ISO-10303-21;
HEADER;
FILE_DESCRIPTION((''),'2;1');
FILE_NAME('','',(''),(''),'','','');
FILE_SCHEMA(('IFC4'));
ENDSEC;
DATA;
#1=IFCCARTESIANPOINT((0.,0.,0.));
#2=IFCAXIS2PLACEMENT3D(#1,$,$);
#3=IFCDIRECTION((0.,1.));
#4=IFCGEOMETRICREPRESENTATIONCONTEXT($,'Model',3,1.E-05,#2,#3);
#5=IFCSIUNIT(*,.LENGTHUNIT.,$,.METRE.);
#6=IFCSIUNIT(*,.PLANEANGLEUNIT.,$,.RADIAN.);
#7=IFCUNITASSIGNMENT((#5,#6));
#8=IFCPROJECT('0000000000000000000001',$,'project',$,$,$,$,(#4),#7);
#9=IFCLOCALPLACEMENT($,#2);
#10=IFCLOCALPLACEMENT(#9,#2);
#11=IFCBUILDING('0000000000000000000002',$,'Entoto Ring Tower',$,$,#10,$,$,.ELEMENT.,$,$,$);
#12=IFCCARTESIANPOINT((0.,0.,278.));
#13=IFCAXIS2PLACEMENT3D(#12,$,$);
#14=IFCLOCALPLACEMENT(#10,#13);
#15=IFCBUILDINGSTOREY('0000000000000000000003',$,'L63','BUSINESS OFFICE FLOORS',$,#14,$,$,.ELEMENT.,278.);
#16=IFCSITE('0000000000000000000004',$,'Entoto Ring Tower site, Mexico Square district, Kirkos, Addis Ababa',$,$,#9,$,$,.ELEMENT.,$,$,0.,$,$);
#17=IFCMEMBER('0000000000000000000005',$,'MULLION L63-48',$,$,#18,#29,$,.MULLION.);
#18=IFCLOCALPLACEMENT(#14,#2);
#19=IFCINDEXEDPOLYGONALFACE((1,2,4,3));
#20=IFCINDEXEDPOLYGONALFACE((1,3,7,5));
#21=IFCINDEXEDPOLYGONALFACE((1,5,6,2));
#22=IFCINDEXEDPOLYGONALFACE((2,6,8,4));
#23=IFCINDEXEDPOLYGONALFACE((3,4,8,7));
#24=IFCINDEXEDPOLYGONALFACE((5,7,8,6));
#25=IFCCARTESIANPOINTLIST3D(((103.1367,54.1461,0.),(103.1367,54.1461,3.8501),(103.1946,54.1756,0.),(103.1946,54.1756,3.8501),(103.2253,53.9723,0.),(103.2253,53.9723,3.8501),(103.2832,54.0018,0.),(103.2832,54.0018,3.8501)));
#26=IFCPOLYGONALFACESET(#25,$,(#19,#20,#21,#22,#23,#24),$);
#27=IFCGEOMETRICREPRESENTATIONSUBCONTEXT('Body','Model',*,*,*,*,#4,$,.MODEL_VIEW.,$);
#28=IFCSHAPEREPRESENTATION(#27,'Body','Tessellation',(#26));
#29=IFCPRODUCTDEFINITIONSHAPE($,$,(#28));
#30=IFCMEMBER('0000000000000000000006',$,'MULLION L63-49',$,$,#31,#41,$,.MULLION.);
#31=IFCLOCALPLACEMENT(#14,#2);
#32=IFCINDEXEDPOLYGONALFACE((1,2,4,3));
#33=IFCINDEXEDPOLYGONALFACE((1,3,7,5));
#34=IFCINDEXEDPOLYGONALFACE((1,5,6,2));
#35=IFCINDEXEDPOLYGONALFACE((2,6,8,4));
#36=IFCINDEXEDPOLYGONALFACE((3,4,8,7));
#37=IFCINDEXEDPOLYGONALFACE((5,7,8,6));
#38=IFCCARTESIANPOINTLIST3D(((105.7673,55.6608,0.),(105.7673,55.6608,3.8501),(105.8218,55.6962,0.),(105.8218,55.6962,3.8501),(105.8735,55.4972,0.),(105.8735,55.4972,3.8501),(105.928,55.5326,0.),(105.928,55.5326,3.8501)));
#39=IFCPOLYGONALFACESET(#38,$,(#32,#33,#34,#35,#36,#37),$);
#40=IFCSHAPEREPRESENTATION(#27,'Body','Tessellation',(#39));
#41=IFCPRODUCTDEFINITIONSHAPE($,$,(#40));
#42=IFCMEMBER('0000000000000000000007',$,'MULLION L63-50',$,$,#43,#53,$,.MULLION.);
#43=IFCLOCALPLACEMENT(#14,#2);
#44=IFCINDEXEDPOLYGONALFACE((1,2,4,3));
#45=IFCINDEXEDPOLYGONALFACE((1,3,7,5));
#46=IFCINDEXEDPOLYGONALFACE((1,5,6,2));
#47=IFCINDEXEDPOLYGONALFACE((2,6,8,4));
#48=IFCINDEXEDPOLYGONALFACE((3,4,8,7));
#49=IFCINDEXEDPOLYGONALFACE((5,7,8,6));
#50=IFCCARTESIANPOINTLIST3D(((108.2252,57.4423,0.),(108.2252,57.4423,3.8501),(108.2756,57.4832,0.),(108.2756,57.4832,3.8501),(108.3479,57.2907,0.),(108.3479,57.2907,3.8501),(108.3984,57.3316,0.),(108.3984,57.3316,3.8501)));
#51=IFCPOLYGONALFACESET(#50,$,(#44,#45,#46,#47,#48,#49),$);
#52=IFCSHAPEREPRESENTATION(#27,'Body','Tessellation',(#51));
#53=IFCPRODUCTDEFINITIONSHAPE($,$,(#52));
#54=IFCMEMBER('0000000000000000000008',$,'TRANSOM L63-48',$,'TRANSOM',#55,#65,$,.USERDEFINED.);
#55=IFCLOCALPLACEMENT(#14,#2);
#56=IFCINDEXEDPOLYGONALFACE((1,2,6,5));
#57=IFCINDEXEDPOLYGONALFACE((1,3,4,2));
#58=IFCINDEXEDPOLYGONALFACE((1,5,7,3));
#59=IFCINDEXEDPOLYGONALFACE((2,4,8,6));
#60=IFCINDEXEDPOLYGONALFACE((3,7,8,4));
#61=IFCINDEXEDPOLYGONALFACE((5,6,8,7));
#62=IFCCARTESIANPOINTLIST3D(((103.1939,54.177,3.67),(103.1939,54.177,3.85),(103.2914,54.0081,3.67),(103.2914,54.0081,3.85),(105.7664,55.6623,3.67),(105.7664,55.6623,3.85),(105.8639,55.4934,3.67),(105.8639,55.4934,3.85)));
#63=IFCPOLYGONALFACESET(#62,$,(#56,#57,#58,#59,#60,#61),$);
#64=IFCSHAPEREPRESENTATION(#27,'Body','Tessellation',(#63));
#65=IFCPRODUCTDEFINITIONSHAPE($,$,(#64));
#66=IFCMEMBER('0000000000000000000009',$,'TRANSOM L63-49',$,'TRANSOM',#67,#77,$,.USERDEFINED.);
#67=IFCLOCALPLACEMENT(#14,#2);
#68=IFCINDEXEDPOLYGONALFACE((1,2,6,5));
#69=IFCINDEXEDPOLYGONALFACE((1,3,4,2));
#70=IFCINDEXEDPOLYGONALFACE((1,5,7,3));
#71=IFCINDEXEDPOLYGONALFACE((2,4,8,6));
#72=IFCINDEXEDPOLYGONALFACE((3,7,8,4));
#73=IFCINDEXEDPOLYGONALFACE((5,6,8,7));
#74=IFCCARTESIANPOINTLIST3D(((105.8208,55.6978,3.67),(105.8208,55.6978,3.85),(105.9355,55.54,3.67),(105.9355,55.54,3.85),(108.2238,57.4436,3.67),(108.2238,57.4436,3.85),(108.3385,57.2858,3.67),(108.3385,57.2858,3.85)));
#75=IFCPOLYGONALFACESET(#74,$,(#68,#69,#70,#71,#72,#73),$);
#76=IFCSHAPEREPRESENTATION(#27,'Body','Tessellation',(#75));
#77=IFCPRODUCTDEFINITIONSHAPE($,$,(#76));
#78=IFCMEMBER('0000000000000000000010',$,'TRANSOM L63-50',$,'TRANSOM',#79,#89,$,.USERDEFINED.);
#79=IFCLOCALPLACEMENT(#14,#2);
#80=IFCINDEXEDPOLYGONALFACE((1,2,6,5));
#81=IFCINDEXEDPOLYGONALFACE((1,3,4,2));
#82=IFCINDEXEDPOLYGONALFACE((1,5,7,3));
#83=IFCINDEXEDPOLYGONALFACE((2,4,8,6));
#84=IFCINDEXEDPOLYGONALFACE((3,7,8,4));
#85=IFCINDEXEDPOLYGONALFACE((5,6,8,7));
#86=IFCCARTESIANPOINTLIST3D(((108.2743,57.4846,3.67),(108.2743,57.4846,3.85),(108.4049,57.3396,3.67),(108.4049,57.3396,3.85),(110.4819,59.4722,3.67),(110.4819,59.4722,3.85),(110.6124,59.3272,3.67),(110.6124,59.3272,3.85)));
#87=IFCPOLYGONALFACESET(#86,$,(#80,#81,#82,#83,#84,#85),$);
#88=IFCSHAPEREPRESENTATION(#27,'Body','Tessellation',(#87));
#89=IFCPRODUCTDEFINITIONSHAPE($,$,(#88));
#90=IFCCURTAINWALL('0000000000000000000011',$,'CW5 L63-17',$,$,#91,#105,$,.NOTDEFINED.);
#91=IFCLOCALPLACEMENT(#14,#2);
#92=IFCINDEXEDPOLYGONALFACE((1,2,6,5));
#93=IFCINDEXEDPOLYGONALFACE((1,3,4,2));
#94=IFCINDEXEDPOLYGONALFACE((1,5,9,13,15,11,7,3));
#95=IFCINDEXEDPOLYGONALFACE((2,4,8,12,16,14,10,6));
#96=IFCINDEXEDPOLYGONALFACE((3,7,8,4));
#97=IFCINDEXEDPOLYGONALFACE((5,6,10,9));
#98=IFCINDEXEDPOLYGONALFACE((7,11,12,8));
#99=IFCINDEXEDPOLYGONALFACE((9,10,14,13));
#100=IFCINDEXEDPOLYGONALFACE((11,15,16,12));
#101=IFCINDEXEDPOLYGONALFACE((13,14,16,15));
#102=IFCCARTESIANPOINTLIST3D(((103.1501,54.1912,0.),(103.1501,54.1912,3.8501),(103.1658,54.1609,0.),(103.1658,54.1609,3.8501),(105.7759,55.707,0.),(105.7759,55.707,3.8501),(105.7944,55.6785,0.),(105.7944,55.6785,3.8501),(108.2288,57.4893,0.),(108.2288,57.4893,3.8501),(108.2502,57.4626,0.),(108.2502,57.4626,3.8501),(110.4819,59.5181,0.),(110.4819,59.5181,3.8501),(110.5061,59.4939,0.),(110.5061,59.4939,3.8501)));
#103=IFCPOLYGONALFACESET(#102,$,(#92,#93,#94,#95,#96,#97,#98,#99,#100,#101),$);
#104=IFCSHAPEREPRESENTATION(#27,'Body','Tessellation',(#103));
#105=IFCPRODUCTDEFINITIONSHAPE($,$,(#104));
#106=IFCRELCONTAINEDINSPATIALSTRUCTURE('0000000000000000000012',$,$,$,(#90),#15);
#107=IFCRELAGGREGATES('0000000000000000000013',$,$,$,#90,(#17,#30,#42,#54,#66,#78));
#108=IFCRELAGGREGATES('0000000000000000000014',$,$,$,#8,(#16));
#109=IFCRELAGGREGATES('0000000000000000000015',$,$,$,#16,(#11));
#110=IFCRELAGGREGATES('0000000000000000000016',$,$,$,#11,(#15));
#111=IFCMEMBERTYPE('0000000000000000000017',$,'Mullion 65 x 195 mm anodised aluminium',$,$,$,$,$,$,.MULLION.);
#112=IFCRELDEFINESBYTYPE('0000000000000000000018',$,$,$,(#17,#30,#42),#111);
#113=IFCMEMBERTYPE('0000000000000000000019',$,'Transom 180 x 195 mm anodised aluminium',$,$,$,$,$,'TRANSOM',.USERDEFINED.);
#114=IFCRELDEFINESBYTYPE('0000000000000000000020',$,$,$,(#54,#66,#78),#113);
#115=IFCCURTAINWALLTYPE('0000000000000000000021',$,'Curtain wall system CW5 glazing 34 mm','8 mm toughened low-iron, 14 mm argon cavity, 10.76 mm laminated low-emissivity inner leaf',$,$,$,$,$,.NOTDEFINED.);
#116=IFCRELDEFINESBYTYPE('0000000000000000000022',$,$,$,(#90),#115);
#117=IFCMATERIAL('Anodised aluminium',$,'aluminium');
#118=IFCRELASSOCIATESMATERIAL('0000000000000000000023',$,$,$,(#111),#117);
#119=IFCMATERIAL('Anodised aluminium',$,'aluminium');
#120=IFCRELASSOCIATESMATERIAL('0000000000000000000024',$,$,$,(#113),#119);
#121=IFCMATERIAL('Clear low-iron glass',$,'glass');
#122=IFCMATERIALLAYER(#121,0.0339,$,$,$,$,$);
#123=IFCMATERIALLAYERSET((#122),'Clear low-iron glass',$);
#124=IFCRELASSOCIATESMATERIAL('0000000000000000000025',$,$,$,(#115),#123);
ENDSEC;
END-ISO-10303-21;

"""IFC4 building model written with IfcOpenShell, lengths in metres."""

from ifc_helpers import new_model, si_unit, direction, frame, origin, origin_2d, place, context, subcontext, project, spatial, polyline, rectangle, outline, extrude, material, layer, layer_set, material_profile, profile_set, type_object, element, aggregate, save


model = new_model("IFC4")

# Units and contexts
model_context = context("Model", 3, precision=1e-05, world=origin(), true_north=direction((0.0, 1.0)))
body_context = subcontext(model_context, "Body", "Model", "MODEL_VIEW")
ifc_project = project(units=[si_unit("LENGTHUNIT", "METRE"), si_unit("PLANEANGLEUNIT", "RADIAN")], contexts=[model_context])

# Members
ifc_material_1 = material(Name="Anodised aluminium", Category="aluminium")
ifc_material_profile_1 = material_profile(ifc_material_1, rectangle(XDim=0.0649, YDim=0.1951, at=origin_2d()), Name="Mullion 65 x 195 mm anodised aluminium")
ifc_profile_set_1 = profile_set([ifc_material_profile_1], Name="Anodised aluminium")
member_type_1 = type_object("IfcMemberType", Name="Mullion 65 x 195 mm anodised aluminium", PredefinedType="MULLION", material=ifc_profile_set_1)
site_placement = place(None, origin())
building_placement = place(site_placement, origin())
storey_placement = place(building_placement, frame((0.0, 0.0, 278.0)))
member_1_placement = place(storey_placement, frame((103.21, 54.074, 0.0), z_axis=(0.0, 0.0, 1.0), x_axis=(0.891007, 0.45399, 0.0)))
member_1 = element("IfcMember", 1, at=member_1_placement, type_object=member_type_1, Name="MULLION L63-48", PredefinedType="MULLION", context=body_context, shape_type="SweptSolid", body=[
    extrude(rectangle(XDim=0.0649, YDim=0.1951, at=origin_2d()), origin(), (0.0, 0.0, 1.0), 3.8501),
])
member_2_placement = place(storey_placement, frame((105.8477, 55.5967, 0.0), z_axis=(0.0, 0.0, 1.0), x_axis=(0.838671, 0.544639, 0.0)))
member_2 = element("IfcMember", 2, at=member_2_placement, type_object=member_type_1, Name="MULLION L63-49", PredefinedType="MULLION", context=body_context, shape_type="SweptSolid", body=[
    extrude(rectangle(XDim=0.0649, YDim=0.1951, at=origin_2d()), origin(), (0.0, 0.0, 1.0), 3.8501),
])
member_3_placement = place(storey_placement, frame((108.3118, 57.387, 0.0), z_axis=(0.0, 0.0, 1.0), x_axis=(0.777146, 0.62932, 0.0)))
member_3 = element("IfcMember", 3, at=member_3_placement, type_object=member_type_1, Name="MULLION L63-50", PredefinedType="MULLION", context=body_context, shape_type="SweptSolid", body=[
    extrude(rectangle(XDim=0.0649, YDim=0.1951, at=origin_2d()), origin(), (0.0, 0.0, 1.0), 3.8501),
])
ifc_material_2 = material(Name="Anodised aluminium", Category="aluminium")
ifc_material_profile_2 = material_profile(ifc_material_2, rectangle(XDim=0.1951, YDim=0.1799, at=origin_2d()), Name="Transom 180 x 195 mm anodised aluminium")
ifc_profile_set_2 = profile_set([ifc_material_profile_2], Name="Anodised aluminium")
member_type_2 = type_object("IfcMemberType", Name="Transom 180 x 195 mm anodised aluminium", ElementType="TRANSOM", PredefinedType="USERDEFINED", material=ifc_profile_set_2)
member_4_placement = place(storey_placement, frame((103.2427, 54.0925, 3.76), z_axis=(0.866009, 0.500028, 0.0), x_axis=(-0.500028, 0.866009, 0.0)))
member_4 = element("IfcMember", 4, at=member_4_placement, type_object=member_type_2, Name="TRANSOM L63-48", ObjectType="TRANSOM", PredefinedType="USERDEFINED", context=body_context, shape_type="SweptSolid", body=[
    extrude(rectangle(XDim=0.1951, YDim=0.1799, at=origin_2d()), origin(), (0.0, 0.0, 1.0), 2.9705),
])
member_5_placement = place(storey_placement, frame((105.8782, 55.6189, 3.76), z_axis=(0.809031, 0.587766, 0.0), x_axis=(-0.587766, 0.809031, 0.0)))
member_5 = element("IfcMember", 5, at=member_5_placement, type_object=member_type_2, Name="TRANSOM L63-49", ObjectType="TRANSOM", PredefinedType="USERDEFINED", context=body_context, shape_type="SweptSolid", body=[
    extrude(rectangle(XDim=0.1951, YDim=0.1799, at=origin_2d()), origin(), (0.0, 0.0, 1.0), 2.9702),
])
member_6_placement = place(storey_placement, frame((108.3396, 57.4121, 3.76), z_axis=(0.743163, 0.66911, 0.0), x_axis=(-0.66911, 0.743163, 0.0)))
member_6 = element("IfcMember", 6, at=member_6_placement, type_object=member_type_2, Name="TRANSOM L63-50", ObjectType="TRANSOM", PredefinedType="USERDEFINED", context=body_context, shape_type="SweptSolid", body=[
    extrude(rectangle(XDim=0.1951, YDim=0.1799, at=origin_2d()), origin(), (0.0, 0.0, 1.0), 2.9705),
])

# Site, building, storey
site = spatial("IfcSite", under=ifc_project, at=site_placement, Name="Entoto Ring Tower site, Mexico Square district, Kirkos, Addis Ababa", CompositionType="ELEMENT", RefElevation=0.0)
building = spatial("IfcBuilding", under=site, at=building_placement, Name="Entoto Ring Tower", CompositionType="ELEMENT")
storey = spatial("IfcBuildingStorey", under=building, at=storey_placement, Name="L63", Description="BUSINESS OFFICE FLOORS", CompositionType="ELEMENT", Elevation=278.0)

# Curtain wall
ifc_material_3 = material(Name="Clear low-iron glass", Category="glass")
ifc_layer_1 = layer(ifc_material_3, 0.0339)
ifc_layer_set_1 = layer_set([ifc_layer_1], Name="Clear low-iron glass")
curtain_wall_type = type_object("IfcCurtainWallType", Name="Curtain wall system CW5 glazing 34 mm", Description="8 mm toughened low-iron, 14 mm argon cavity, 10.76 mm laminated low-emissivity inner leaf", PredefinedType="NOTDEFINED", material=ifc_layer_set_1)
curtain_wall_1_placement = place(storey_placement, origin())
curtain_wall_1 = element("IfcCurtainWall", 7, at=curtain_wall_1_placement, inside=storey, type_object=curtain_wall_type, Name="CW5 L63-17", PredefinedType="NOTDEFINED", context=body_context, shape_type="SweptSolid", body=[
    extrude(outline(polyline([(103.1658, 54.1609), (105.7944, 55.6785), (108.2502, 57.4626), (110.5061, 59.4939), (110.4819, 59.5181), (108.2288, 57.4893), (105.7759, 55.707), (103.1501, 54.1912), (103.1658, 54.1609)])), origin(), (0.0, 0.0, 1.0), 3.8501),
])
aggregate(curtain_wall_1, [member_1, member_2, member_3, member_4, member_5, member_6])

save(model, "model.ifc")
